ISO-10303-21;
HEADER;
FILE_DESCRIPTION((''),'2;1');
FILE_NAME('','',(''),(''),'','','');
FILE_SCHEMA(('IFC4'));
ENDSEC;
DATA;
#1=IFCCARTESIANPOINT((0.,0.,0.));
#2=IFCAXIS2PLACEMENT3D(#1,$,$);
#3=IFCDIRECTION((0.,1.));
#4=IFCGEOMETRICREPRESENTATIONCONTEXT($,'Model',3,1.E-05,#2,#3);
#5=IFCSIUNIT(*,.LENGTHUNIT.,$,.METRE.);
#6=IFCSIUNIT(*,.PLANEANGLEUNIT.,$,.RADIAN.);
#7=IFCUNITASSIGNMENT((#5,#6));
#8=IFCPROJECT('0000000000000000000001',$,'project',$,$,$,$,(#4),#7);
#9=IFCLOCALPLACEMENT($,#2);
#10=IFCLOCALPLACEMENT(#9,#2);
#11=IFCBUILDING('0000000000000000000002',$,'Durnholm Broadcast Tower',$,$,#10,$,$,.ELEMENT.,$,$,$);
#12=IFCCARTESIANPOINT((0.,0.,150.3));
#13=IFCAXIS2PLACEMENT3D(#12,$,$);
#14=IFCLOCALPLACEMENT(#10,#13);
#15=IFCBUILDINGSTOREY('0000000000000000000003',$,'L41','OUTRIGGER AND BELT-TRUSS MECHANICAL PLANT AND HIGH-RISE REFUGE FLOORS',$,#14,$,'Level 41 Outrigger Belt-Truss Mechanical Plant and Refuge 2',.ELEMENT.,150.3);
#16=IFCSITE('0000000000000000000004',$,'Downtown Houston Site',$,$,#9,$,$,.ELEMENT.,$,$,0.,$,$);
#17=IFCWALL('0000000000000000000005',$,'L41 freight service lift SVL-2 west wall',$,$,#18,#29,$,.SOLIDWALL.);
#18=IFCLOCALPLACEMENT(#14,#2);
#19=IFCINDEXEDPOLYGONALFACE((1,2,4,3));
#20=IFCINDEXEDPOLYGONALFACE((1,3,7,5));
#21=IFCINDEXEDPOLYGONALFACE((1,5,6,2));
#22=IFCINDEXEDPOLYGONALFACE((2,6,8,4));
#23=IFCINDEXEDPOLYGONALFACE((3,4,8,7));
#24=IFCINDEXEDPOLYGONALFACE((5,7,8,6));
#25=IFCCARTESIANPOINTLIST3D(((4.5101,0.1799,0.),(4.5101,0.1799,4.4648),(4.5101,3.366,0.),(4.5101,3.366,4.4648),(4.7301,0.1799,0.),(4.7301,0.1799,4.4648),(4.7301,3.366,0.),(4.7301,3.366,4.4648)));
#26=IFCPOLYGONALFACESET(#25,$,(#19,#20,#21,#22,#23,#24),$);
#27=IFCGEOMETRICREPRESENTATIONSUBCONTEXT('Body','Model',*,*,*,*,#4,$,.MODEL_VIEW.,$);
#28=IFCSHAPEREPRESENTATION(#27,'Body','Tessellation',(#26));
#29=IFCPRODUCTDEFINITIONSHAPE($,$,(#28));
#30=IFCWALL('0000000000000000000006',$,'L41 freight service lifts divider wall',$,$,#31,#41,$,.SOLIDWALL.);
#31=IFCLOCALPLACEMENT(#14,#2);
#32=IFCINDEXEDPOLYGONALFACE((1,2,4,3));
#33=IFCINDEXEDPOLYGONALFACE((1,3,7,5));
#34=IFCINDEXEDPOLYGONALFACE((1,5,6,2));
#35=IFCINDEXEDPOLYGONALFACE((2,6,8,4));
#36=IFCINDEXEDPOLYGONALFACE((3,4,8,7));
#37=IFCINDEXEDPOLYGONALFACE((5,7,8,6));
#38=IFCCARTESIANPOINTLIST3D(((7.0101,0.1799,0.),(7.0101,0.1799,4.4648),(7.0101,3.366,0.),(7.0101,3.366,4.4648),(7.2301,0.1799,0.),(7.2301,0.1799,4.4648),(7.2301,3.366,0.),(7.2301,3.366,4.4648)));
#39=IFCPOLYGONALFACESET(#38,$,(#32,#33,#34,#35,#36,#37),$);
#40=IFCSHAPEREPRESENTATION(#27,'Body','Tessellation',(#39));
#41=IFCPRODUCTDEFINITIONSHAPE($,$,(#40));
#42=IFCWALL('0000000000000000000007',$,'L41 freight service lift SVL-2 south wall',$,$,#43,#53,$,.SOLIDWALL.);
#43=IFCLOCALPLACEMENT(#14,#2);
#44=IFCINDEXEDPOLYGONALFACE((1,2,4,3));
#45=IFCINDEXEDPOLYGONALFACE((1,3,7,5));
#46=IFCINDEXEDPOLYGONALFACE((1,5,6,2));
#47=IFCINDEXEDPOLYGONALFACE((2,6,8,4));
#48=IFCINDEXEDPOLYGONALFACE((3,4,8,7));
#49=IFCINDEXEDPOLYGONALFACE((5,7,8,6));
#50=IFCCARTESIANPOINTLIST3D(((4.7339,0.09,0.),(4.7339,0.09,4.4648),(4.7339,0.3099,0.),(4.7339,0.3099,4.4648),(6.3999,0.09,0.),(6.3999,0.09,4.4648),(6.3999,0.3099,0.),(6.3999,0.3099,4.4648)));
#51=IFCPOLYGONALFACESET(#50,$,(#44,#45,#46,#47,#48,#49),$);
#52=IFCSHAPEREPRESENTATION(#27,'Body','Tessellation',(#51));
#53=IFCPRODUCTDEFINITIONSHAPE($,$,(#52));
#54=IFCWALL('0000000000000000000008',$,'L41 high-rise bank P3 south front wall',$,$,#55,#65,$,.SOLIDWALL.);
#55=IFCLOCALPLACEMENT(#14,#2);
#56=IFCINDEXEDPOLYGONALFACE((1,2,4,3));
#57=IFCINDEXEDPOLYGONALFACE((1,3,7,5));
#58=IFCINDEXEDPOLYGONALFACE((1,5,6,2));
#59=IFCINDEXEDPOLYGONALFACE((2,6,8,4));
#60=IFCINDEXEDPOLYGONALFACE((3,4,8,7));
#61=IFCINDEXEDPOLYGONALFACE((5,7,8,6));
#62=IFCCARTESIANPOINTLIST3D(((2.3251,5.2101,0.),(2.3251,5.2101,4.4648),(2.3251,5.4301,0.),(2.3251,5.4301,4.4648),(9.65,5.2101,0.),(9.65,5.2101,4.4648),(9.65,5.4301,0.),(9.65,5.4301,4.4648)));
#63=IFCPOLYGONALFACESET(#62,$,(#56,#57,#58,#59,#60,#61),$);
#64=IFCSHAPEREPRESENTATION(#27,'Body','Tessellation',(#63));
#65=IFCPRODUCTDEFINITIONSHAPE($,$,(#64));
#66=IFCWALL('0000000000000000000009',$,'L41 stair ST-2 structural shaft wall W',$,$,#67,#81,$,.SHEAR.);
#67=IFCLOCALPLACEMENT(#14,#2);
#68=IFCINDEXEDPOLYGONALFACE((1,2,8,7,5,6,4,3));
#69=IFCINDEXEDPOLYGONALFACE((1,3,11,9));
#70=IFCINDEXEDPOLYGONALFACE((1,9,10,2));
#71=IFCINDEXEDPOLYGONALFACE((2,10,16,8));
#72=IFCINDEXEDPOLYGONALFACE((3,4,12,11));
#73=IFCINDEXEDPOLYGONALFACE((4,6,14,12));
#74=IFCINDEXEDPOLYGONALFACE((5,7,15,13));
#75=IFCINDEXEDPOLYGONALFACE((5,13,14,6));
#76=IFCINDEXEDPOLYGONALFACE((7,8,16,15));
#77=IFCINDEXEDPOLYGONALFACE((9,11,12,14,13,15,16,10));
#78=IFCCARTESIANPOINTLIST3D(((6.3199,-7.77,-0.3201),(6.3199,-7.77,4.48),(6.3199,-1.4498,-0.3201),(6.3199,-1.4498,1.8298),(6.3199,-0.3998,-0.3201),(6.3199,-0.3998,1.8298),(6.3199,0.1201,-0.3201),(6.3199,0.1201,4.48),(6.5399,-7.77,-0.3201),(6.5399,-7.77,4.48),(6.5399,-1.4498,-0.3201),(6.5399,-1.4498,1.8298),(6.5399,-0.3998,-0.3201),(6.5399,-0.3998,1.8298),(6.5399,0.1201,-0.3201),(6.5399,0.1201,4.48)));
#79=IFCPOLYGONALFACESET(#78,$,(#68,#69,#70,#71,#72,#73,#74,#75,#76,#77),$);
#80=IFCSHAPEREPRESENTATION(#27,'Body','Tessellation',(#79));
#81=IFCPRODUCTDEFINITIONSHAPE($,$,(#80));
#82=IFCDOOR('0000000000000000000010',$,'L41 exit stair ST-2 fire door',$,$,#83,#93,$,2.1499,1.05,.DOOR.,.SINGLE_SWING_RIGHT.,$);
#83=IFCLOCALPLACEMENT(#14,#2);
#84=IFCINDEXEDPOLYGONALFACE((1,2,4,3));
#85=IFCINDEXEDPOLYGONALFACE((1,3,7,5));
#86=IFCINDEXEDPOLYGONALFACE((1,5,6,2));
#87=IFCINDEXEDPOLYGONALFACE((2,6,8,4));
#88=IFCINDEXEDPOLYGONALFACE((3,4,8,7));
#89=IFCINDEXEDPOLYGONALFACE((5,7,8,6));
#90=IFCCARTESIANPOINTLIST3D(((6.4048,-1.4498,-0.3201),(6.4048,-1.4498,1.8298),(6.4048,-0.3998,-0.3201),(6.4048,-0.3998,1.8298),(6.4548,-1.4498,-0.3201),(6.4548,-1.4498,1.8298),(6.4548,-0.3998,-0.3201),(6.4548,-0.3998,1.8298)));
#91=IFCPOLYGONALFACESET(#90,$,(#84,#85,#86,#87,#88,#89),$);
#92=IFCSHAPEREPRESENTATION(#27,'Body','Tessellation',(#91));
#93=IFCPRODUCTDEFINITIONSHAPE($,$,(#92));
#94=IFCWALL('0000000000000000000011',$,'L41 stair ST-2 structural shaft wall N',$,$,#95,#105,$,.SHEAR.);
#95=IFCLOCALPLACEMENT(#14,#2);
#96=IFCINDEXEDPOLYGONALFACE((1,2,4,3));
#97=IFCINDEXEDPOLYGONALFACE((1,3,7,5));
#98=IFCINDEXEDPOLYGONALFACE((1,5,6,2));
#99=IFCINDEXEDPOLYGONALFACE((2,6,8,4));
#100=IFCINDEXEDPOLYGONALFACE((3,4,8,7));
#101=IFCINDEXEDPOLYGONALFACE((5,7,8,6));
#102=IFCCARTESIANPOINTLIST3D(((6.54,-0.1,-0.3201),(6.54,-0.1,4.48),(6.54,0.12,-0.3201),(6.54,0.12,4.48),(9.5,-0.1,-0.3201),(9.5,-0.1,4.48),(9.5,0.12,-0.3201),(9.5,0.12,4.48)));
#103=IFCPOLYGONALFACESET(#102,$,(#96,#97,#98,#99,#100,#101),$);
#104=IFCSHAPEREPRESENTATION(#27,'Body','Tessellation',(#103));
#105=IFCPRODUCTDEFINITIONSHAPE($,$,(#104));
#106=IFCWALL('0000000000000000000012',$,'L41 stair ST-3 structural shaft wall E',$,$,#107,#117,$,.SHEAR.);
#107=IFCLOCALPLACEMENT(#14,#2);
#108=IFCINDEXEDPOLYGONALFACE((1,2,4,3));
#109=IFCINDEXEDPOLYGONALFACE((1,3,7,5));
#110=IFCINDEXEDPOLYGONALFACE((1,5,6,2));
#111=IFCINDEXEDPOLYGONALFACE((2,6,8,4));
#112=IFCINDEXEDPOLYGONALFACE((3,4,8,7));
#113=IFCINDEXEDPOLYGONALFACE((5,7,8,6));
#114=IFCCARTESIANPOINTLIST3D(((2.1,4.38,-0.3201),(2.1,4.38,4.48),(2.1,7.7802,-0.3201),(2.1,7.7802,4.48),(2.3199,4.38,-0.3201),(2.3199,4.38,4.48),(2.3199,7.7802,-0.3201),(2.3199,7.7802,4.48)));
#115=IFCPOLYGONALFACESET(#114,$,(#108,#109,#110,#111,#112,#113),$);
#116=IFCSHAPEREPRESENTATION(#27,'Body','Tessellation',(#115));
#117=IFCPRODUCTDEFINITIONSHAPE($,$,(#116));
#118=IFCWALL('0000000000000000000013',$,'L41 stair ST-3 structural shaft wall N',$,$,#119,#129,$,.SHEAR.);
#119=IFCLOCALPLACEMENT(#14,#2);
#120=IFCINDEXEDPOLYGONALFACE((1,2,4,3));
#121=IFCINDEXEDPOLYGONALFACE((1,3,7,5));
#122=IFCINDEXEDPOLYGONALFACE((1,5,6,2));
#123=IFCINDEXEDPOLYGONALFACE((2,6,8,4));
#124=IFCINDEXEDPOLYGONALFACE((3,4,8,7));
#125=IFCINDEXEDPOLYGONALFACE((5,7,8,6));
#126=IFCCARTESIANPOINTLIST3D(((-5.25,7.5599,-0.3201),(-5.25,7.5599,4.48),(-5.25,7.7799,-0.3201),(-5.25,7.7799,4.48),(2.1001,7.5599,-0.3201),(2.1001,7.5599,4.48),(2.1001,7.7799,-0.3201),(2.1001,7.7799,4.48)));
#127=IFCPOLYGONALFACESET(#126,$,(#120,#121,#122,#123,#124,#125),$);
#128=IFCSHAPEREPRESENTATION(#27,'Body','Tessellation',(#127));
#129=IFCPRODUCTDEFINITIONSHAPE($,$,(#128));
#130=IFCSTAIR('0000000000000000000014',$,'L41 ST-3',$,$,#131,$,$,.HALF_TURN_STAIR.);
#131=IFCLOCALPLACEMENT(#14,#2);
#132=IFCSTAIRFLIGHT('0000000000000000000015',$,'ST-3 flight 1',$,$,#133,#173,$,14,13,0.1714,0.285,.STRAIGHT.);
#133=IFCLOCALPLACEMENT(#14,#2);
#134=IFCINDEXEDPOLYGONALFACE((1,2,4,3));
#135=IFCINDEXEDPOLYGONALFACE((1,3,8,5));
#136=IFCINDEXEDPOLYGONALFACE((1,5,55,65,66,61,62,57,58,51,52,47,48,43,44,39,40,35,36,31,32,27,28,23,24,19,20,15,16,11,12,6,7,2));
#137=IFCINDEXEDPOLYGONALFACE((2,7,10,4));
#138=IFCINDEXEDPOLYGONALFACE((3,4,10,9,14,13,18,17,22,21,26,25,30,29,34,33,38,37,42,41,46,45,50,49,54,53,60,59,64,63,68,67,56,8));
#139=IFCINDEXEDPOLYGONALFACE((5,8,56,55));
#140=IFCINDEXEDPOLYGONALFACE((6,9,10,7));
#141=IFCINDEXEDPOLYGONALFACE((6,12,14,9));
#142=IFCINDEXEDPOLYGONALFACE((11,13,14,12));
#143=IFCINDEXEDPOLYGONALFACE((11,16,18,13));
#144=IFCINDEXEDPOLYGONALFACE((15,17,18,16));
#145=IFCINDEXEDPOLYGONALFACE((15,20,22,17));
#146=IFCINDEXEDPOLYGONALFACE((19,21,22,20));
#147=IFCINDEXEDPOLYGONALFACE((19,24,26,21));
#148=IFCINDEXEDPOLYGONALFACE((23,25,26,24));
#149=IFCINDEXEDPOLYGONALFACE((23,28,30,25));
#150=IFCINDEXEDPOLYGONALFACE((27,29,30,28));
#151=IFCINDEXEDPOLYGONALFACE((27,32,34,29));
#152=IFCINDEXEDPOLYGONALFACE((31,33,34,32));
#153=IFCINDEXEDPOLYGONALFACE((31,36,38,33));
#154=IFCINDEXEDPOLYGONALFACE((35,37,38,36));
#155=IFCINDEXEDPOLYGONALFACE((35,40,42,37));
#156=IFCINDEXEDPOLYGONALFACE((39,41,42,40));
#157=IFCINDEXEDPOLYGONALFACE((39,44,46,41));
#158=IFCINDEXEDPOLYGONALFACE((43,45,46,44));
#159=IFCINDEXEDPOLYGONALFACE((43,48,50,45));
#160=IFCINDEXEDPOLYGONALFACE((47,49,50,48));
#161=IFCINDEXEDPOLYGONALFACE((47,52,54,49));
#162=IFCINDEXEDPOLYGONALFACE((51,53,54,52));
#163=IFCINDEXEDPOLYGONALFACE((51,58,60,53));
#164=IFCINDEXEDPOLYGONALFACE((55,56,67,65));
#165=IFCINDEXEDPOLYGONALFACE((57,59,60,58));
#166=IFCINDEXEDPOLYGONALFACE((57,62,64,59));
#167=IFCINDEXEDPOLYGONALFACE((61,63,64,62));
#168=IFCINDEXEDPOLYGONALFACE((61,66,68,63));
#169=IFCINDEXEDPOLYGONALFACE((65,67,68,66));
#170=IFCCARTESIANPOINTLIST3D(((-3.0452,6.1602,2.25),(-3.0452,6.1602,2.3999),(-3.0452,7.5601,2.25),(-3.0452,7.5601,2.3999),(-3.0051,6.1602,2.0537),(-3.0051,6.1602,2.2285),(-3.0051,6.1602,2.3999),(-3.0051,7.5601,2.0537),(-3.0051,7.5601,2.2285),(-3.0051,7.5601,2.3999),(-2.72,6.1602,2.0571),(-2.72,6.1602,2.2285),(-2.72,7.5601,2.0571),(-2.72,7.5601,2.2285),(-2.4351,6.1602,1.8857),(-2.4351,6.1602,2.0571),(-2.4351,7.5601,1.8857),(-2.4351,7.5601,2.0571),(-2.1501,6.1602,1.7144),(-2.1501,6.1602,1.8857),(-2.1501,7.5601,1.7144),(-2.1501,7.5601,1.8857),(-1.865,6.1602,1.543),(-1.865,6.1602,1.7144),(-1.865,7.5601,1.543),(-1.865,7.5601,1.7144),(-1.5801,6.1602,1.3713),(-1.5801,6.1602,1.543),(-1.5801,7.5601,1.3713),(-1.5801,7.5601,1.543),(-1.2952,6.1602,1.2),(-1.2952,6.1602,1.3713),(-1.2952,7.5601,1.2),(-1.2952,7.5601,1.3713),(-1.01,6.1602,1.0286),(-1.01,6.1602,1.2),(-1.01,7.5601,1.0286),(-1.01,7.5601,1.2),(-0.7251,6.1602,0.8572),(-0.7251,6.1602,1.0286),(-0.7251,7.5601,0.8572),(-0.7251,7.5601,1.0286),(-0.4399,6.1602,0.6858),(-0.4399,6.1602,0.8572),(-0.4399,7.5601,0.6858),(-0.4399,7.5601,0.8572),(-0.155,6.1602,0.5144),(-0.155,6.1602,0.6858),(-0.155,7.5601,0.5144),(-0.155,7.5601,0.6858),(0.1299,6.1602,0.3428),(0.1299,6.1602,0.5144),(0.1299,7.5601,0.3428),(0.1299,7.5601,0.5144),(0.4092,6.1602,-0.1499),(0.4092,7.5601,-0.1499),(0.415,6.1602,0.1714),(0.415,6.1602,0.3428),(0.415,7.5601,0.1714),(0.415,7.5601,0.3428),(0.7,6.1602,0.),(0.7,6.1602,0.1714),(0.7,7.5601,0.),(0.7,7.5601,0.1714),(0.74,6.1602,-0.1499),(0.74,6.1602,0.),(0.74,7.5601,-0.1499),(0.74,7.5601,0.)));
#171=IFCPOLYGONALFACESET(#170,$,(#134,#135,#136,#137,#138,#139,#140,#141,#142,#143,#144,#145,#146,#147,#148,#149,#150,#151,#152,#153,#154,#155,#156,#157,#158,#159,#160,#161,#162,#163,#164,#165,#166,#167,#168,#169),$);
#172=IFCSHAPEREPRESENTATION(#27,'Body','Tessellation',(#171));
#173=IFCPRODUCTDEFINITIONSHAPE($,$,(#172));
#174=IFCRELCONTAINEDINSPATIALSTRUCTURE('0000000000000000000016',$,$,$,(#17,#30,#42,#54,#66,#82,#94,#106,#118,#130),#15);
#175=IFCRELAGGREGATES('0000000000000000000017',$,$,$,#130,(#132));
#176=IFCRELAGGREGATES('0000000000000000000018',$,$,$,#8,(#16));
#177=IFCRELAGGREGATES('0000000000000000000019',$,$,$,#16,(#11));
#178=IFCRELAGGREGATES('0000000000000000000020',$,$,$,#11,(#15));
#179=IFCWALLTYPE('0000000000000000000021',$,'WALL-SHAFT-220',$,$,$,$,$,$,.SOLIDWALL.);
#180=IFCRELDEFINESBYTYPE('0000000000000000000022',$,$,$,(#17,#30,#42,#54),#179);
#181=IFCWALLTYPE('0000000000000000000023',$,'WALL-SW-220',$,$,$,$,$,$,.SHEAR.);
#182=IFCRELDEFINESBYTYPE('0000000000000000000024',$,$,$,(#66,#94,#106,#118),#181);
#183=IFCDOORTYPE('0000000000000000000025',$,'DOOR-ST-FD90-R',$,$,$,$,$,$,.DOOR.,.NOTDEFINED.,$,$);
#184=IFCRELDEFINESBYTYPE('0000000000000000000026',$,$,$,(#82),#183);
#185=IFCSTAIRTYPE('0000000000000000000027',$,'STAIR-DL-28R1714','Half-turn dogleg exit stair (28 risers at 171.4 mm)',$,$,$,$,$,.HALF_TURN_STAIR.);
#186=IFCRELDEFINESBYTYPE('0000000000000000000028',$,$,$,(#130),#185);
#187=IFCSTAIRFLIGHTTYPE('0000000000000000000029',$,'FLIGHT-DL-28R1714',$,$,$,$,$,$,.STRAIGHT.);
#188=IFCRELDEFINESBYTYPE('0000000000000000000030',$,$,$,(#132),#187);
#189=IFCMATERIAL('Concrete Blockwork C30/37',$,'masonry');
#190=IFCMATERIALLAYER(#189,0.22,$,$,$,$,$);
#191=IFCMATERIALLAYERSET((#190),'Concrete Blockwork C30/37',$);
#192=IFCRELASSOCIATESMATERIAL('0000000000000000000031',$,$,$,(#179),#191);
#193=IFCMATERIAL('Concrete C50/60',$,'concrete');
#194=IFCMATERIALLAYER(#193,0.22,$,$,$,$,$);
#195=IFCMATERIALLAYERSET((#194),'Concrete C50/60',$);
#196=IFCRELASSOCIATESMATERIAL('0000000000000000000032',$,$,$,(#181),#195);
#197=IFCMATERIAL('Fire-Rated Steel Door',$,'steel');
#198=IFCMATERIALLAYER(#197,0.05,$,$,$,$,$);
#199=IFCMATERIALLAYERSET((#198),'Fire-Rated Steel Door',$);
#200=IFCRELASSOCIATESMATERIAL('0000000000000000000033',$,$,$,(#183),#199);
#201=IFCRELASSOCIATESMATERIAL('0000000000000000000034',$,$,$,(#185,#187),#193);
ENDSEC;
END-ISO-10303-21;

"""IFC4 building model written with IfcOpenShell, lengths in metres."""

from ifc_helpers import new_model, si_unit, direction, frame, frame_2d, origin, place, context, subcontext, project, spatial, polyline, rectangle, outline, extrude, source, transform, mapped, material, layer, layer_set, type_object, type_shapes, element, fill, aggregate, save


model = new_model("IFC4")

# Units and contexts
model_context = context("Model", 3, precision=1e-05, world=origin(), true_north=direction((0.0, 1.0)))
body_context = subcontext(model_context, "Body", "Model", "MODEL_VIEW")
ifc_project = project(units=[si_unit("LENGTHUNIT", "METRE"), si_unit("PLANEANGLEUNIT", "RADIAN")], contexts=[model_context])

# Site, building, storey
site_placement = place(None, origin())
site = spatial("IfcSite", under=ifc_project, at=site_placement, Name="Downtown Houston Site", CompositionType="ELEMENT", RefElevation=0.0)
building_placement = place(site_placement, origin())
building = spatial("IfcBuilding", under=site, at=building_placement, Name="Durnholm Broadcast Tower", CompositionType="ELEMENT")
storey_placement = place(building_placement, frame((0.0, 0.0, 150.3)))
storey = spatial("IfcBuildingStorey", under=building, at=storey_placement, Name="L41", Description="OUTRIGGER AND BELT-TRUSS MECHANICAL PLANT AND HIGH-RISE REFUGE FLOORS", LongName="Level 41 Outrigger Belt-Truss Mechanical Plant and Refuge 2", CompositionType="ELEMENT", Elevation=150.3)

# Shared definitions
ifc_material_1 = material(Name="Concrete Blockwork C30/37", Category="masonry")
ifc_layer_1 = layer(ifc_material_1, 0.22)
ifc_layer_set_1 = layer_set([ifc_layer_1], Name="Concrete Blockwork C30/37")
wall_type_1 = type_object("IfcWallType", Name="WALL-SHAFT-220", PredefinedType="SOLIDWALL", material=ifc_layer_set_1)

# Walls
for number, where, z_axis, x_axis, name in (
    (1, (4.6201, 0.1799, 0.0), (0.0, 0.0, 1.0), (0.0, 1.0, 0.0), "L41 freight service lift SVL-2 west wall"),
    (2, (7.1201, 0.1799, 0.0), (0.0, 0.0, 1.0), (0.0, 1.0, 0.0), "L41 freight service lifts divider wall"),
):
    element("IfcWall", number, at=place(storey_placement, frame(where, z_axis=z_axis, x_axis=x_axis)), inside=storey, type_object=wall_type_1, Name=name, PredefinedType="SOLIDWALL", context=body_context, shape_type="SweptSolid", body=[
        extrude(rectangle(XDim=3.186, YDim=0.22, at=frame_2d((1.593, 0.0))), origin(), (0.0, 0.0, 1.0), 4.4648),
    ])
wall_1_placement = place(storey_placement, frame((4.7339, 0.2, 0.0), z_axis=(0.0, 0.0, 1.0), x_axis=(1.0, 0.0, 0.0)))
element("IfcWall", 3, at=wall_1_placement, inside=storey, type_object=wall_type_1, Name="L41 freight service lift SVL-2 south wall", PredefinedType="SOLIDWALL", context=body_context, shape_type="SweptSolid", body=[
    extrude(rectangle(XDim=1.666, YDim=0.22, at=frame_2d((0.833, 0.0))), origin(), (0.0, 0.0, 1.0), 4.4648),
])
wall_2_placement = place(storey_placement, frame((2.325, 5.3201, 0.0), z_axis=(0.0, 0.0, 1.0), x_axis=(1.0, 0.0, 0.0)))
element("IfcWall", 4, at=wall_2_placement, inside=storey, type_object=wall_type_1, Name="L41 high-rise bank P3 south front wall", PredefinedType="SOLIDWALL", context=body_context, shape_type="SweptSolid", body=[
    extrude(rectangle(XDim=7.325, YDim=0.22, at=frame_2d((3.6626, 0.0))), origin(), (0.0, 0.0, 1.0), 4.4648),
])

# Wall, opening, door
ifc_material_2 = material(Name="Concrete C50/60", Category="concrete")
ifc_layer_2 = layer(ifc_material_2, 0.22)
ifc_layer_set_2 = layer_set([ifc_layer_2], Name="Concrete C50/60")
wall_type_2 = type_object("IfcWallType", Name="WALL-SW-220", PredefinedType="SHEAR", material=ifc_layer_set_2)
wall_3_placement = place(storey_placement, frame((6.4299, 0.1201, -0.3201), z_axis=(0.0, 0.0, 1.0), x_axis=(0.0, -1.0, 0.0)))
wall_3 = element("IfcWall", 5, at=wall_3_placement, inside=storey, type_object=wall_type_2, Name="L41 stair ST-2 structural shaft wall W", PredefinedType="SHEAR", context=body_context, shape_type="SweptSolid", body=[
    extrude(rectangle(XDim=7.8901, YDim=0.22, at=frame_2d((3.9451, 0.0))), origin(), (0.0, 0.0, 1.0), 4.8),
])
opening_1_placement = place(wall_3_placement, frame((0.52, 0.0, 0.0)))
opening_1 = element("IfcOpeningElement", 6, at=opening_1_placement, cuts=wall_3, PredefinedType="OPENING", context=body_context, shape_type="SweptSolid", body=[
    extrude(rectangle(XDim=1.05, YDim=2.1499, at=frame_2d((0.5249, 1.075))), frame((0.0, 0.1201, 0.0), z_axis=(0.0, -1.0, 0.0), x_axis=(1.0, 0.0, 0.0)), (0.0, 0.0, 1.0), 0.24),
])
ifc_material_3 = material(Name="Fire-Rated Steel Door", Category="steel")
ifc_layer_3 = layer(ifc_material_3, 0.05)
ifc_layer_set_3 = layer_set([ifc_layer_3], Name="Fire-Rated Steel Door")
door_type_1 = type_object("IfcDoorType", Name="DOOR-ST-FD90-R", OperationType="NOTDEFINED", PredefinedType="DOOR", material=ifc_layer_set_3)
shared_shape_1 = source(origin(), body_context, "Body", "SweptSolid", [
    extrude(rectangle(XDim=1.05, YDim=2.1499, at=frame_2d((0.5249, 1.075))), frame((0.0, 0.0249, 0.0), z_axis=(0.0, -1.0, 0.0), x_axis=(1.0, 0.0, 0.0)), (0.0, 0.0, 1.0), 0.05),
])
type_shapes(door_type_1, [shared_shape_1])
door_1_placement = place(opening_1_placement, origin())
door_1 = element("IfcDoor", 7, at=door_1_placement, inside=storey, type_object=door_type_1, Name="L41 exit stair ST-2 fire door", OperationType="SINGLE_SWING_RIGHT", OverallHeight=2.1499, OverallWidth=1.05, PredefinedType="DOOR", context=body_context, shape_type="MappedRepresentation", body=[
    mapped(shared_shape_1, transform((0.0, 0.0, 0.0), x_axis=(1.0, 0.0, 0.0), y_axis=(0.0, 1.0, 0.0), z_axis=(0.0, 0.0, 1.0), scale=1.0)),
])
fill(opening_1, door_1)

# Walls
wall_4_placement = place(storey_placement, frame((9.5, 0.01, -0.3201), z_axis=(0.0, 0.0, 1.0), x_axis=(-1.0, 0.0, 0.0)))
element("IfcWall", 8, at=wall_4_placement, inside=storey, type_object=wall_type_2, Name="L41 stair ST-2 structural shaft wall N", PredefinedType="SHEAR", context=body_context, shape_type="SweptSolid", body=[
    extrude(rectangle(XDim=2.96, YDim=0.22, at=frame_2d((1.48, 0.0))), origin(), (0.0, 0.0, 1.0), 4.8),
])
wall_5_placement = place(storey_placement, frame((2.21, 4.3799, -0.3201), z_axis=(0.0, 0.0, 1.0), x_axis=(0.0, 1.0, 0.0)))
element("IfcWall", 9, at=wall_5_placement, inside=storey, type_object=wall_type_2, Name="L41 stair ST-3 structural shaft wall E", PredefinedType="SHEAR", context=body_context, shape_type="SweptSolid", body=[
    extrude(rectangle(XDim=3.4001, YDim=0.22, at=frame_2d((1.7002, 0.0))), origin(), (0.0, 0.0, 1.0), 4.8),
])
wall_6_placement = place(storey_placement, frame((2.1001, 7.6699, -0.3201), z_axis=(0.0, 0.0, 1.0), x_axis=(-1.0, 0.0, 0.0)))
element("IfcWall", 10, at=wall_6_placement, inside=storey, type_object=wall_type_2, Name="L41 stair ST-3 structural shaft wall N", PredefinedType="SHEAR", context=body_context, shape_type="SweptSolid", body=[
    extrude(rectangle(XDim=7.3501, YDim=0.22, at=frame_2d((3.675, 0.0))), origin(), (0.0, 0.0, 1.0), 4.8),
])

# Stair, stair flight
stair_type = type_object("IfcStairType", Name="STAIR-DL-28R1714", Description="Half-turn dogleg exit stair (28 risers at 171.4 mm)", PredefinedType="HALF_TURN_STAIR", material=ifc_material_2)
stair_placement = place(storey_placement, origin())
stair = element("IfcStair", 11, at=stair_placement, inside=storey, type_object=stair_type, Name="L41 ST-3", PredefinedType="HALF_TURN_STAIR")
stair_flight_type = type_object("IfcStairFlightType", Name="FLIGHT-DL-28R1714", PredefinedType="STRAIGHT", material=ifc_material_2)
stair_flight_placement = place(storey_placement, frame((0.7, 6.8601, 0.0), z_axis=(0.0, 0.0, 1.0), x_axis=(-1.0, 0.0, 0.0)))
stair_flight = element("IfcStairFlight", 12, at=stair_flight_placement, type_object=stair_flight_type, Name="ST-3 flight 1", NumberOfRisers=14, NumberOfTreads=13, PredefinedType="STRAIGHT", RiserHeight=0.1714, TreadLength=0.285, context=body_context, shape_type="SweptSolid", body=[
    extrude(outline(polyline([(-0.04, -0.1499), (-0.04, 0.0), (0.0, 0.0), (0.0, 0.1714), (0.2849, 0.1714), (0.2849, 0.3428), (0.5701, 0.3428), (0.5701, 0.5144), (0.855, 0.5144), (0.855, 0.6858), (1.1399, 0.6858), (1.1399, 0.8572), (1.425, 0.8572), (1.425, 1.0286), (1.71, 1.0286), (1.71, 1.2), (1.9951, 1.2), (1.9951, 1.3713), (2.28, 1.3713), (2.28, 1.543), (2.5649, 1.543), (2.5649, 1.7144), (2.8501, 1.7144), (2.8501, 1.8857), (3.135, 1.8857), (3.135, 2.0571), (3.4199, 2.0571), (3.4199, 2.2285), (3.7051, 2.2285), (3.7051, 2.3999), (3.7451, 2.3999), (3.7451, 2.25), (3.7051, 2.0537), (0.2908, -0.1499), (-0.04, -0.1499)])), frame((0.0, 0.7, 0.0), z_axis=(0.0, -1.0, 0.0), x_axis=(1.0, 0.0, 0.0)), (0.0, 0.0, 1.0), 1.3999),
])
aggregate(stair, [stair_flight])

save(model, "model.ifc")
